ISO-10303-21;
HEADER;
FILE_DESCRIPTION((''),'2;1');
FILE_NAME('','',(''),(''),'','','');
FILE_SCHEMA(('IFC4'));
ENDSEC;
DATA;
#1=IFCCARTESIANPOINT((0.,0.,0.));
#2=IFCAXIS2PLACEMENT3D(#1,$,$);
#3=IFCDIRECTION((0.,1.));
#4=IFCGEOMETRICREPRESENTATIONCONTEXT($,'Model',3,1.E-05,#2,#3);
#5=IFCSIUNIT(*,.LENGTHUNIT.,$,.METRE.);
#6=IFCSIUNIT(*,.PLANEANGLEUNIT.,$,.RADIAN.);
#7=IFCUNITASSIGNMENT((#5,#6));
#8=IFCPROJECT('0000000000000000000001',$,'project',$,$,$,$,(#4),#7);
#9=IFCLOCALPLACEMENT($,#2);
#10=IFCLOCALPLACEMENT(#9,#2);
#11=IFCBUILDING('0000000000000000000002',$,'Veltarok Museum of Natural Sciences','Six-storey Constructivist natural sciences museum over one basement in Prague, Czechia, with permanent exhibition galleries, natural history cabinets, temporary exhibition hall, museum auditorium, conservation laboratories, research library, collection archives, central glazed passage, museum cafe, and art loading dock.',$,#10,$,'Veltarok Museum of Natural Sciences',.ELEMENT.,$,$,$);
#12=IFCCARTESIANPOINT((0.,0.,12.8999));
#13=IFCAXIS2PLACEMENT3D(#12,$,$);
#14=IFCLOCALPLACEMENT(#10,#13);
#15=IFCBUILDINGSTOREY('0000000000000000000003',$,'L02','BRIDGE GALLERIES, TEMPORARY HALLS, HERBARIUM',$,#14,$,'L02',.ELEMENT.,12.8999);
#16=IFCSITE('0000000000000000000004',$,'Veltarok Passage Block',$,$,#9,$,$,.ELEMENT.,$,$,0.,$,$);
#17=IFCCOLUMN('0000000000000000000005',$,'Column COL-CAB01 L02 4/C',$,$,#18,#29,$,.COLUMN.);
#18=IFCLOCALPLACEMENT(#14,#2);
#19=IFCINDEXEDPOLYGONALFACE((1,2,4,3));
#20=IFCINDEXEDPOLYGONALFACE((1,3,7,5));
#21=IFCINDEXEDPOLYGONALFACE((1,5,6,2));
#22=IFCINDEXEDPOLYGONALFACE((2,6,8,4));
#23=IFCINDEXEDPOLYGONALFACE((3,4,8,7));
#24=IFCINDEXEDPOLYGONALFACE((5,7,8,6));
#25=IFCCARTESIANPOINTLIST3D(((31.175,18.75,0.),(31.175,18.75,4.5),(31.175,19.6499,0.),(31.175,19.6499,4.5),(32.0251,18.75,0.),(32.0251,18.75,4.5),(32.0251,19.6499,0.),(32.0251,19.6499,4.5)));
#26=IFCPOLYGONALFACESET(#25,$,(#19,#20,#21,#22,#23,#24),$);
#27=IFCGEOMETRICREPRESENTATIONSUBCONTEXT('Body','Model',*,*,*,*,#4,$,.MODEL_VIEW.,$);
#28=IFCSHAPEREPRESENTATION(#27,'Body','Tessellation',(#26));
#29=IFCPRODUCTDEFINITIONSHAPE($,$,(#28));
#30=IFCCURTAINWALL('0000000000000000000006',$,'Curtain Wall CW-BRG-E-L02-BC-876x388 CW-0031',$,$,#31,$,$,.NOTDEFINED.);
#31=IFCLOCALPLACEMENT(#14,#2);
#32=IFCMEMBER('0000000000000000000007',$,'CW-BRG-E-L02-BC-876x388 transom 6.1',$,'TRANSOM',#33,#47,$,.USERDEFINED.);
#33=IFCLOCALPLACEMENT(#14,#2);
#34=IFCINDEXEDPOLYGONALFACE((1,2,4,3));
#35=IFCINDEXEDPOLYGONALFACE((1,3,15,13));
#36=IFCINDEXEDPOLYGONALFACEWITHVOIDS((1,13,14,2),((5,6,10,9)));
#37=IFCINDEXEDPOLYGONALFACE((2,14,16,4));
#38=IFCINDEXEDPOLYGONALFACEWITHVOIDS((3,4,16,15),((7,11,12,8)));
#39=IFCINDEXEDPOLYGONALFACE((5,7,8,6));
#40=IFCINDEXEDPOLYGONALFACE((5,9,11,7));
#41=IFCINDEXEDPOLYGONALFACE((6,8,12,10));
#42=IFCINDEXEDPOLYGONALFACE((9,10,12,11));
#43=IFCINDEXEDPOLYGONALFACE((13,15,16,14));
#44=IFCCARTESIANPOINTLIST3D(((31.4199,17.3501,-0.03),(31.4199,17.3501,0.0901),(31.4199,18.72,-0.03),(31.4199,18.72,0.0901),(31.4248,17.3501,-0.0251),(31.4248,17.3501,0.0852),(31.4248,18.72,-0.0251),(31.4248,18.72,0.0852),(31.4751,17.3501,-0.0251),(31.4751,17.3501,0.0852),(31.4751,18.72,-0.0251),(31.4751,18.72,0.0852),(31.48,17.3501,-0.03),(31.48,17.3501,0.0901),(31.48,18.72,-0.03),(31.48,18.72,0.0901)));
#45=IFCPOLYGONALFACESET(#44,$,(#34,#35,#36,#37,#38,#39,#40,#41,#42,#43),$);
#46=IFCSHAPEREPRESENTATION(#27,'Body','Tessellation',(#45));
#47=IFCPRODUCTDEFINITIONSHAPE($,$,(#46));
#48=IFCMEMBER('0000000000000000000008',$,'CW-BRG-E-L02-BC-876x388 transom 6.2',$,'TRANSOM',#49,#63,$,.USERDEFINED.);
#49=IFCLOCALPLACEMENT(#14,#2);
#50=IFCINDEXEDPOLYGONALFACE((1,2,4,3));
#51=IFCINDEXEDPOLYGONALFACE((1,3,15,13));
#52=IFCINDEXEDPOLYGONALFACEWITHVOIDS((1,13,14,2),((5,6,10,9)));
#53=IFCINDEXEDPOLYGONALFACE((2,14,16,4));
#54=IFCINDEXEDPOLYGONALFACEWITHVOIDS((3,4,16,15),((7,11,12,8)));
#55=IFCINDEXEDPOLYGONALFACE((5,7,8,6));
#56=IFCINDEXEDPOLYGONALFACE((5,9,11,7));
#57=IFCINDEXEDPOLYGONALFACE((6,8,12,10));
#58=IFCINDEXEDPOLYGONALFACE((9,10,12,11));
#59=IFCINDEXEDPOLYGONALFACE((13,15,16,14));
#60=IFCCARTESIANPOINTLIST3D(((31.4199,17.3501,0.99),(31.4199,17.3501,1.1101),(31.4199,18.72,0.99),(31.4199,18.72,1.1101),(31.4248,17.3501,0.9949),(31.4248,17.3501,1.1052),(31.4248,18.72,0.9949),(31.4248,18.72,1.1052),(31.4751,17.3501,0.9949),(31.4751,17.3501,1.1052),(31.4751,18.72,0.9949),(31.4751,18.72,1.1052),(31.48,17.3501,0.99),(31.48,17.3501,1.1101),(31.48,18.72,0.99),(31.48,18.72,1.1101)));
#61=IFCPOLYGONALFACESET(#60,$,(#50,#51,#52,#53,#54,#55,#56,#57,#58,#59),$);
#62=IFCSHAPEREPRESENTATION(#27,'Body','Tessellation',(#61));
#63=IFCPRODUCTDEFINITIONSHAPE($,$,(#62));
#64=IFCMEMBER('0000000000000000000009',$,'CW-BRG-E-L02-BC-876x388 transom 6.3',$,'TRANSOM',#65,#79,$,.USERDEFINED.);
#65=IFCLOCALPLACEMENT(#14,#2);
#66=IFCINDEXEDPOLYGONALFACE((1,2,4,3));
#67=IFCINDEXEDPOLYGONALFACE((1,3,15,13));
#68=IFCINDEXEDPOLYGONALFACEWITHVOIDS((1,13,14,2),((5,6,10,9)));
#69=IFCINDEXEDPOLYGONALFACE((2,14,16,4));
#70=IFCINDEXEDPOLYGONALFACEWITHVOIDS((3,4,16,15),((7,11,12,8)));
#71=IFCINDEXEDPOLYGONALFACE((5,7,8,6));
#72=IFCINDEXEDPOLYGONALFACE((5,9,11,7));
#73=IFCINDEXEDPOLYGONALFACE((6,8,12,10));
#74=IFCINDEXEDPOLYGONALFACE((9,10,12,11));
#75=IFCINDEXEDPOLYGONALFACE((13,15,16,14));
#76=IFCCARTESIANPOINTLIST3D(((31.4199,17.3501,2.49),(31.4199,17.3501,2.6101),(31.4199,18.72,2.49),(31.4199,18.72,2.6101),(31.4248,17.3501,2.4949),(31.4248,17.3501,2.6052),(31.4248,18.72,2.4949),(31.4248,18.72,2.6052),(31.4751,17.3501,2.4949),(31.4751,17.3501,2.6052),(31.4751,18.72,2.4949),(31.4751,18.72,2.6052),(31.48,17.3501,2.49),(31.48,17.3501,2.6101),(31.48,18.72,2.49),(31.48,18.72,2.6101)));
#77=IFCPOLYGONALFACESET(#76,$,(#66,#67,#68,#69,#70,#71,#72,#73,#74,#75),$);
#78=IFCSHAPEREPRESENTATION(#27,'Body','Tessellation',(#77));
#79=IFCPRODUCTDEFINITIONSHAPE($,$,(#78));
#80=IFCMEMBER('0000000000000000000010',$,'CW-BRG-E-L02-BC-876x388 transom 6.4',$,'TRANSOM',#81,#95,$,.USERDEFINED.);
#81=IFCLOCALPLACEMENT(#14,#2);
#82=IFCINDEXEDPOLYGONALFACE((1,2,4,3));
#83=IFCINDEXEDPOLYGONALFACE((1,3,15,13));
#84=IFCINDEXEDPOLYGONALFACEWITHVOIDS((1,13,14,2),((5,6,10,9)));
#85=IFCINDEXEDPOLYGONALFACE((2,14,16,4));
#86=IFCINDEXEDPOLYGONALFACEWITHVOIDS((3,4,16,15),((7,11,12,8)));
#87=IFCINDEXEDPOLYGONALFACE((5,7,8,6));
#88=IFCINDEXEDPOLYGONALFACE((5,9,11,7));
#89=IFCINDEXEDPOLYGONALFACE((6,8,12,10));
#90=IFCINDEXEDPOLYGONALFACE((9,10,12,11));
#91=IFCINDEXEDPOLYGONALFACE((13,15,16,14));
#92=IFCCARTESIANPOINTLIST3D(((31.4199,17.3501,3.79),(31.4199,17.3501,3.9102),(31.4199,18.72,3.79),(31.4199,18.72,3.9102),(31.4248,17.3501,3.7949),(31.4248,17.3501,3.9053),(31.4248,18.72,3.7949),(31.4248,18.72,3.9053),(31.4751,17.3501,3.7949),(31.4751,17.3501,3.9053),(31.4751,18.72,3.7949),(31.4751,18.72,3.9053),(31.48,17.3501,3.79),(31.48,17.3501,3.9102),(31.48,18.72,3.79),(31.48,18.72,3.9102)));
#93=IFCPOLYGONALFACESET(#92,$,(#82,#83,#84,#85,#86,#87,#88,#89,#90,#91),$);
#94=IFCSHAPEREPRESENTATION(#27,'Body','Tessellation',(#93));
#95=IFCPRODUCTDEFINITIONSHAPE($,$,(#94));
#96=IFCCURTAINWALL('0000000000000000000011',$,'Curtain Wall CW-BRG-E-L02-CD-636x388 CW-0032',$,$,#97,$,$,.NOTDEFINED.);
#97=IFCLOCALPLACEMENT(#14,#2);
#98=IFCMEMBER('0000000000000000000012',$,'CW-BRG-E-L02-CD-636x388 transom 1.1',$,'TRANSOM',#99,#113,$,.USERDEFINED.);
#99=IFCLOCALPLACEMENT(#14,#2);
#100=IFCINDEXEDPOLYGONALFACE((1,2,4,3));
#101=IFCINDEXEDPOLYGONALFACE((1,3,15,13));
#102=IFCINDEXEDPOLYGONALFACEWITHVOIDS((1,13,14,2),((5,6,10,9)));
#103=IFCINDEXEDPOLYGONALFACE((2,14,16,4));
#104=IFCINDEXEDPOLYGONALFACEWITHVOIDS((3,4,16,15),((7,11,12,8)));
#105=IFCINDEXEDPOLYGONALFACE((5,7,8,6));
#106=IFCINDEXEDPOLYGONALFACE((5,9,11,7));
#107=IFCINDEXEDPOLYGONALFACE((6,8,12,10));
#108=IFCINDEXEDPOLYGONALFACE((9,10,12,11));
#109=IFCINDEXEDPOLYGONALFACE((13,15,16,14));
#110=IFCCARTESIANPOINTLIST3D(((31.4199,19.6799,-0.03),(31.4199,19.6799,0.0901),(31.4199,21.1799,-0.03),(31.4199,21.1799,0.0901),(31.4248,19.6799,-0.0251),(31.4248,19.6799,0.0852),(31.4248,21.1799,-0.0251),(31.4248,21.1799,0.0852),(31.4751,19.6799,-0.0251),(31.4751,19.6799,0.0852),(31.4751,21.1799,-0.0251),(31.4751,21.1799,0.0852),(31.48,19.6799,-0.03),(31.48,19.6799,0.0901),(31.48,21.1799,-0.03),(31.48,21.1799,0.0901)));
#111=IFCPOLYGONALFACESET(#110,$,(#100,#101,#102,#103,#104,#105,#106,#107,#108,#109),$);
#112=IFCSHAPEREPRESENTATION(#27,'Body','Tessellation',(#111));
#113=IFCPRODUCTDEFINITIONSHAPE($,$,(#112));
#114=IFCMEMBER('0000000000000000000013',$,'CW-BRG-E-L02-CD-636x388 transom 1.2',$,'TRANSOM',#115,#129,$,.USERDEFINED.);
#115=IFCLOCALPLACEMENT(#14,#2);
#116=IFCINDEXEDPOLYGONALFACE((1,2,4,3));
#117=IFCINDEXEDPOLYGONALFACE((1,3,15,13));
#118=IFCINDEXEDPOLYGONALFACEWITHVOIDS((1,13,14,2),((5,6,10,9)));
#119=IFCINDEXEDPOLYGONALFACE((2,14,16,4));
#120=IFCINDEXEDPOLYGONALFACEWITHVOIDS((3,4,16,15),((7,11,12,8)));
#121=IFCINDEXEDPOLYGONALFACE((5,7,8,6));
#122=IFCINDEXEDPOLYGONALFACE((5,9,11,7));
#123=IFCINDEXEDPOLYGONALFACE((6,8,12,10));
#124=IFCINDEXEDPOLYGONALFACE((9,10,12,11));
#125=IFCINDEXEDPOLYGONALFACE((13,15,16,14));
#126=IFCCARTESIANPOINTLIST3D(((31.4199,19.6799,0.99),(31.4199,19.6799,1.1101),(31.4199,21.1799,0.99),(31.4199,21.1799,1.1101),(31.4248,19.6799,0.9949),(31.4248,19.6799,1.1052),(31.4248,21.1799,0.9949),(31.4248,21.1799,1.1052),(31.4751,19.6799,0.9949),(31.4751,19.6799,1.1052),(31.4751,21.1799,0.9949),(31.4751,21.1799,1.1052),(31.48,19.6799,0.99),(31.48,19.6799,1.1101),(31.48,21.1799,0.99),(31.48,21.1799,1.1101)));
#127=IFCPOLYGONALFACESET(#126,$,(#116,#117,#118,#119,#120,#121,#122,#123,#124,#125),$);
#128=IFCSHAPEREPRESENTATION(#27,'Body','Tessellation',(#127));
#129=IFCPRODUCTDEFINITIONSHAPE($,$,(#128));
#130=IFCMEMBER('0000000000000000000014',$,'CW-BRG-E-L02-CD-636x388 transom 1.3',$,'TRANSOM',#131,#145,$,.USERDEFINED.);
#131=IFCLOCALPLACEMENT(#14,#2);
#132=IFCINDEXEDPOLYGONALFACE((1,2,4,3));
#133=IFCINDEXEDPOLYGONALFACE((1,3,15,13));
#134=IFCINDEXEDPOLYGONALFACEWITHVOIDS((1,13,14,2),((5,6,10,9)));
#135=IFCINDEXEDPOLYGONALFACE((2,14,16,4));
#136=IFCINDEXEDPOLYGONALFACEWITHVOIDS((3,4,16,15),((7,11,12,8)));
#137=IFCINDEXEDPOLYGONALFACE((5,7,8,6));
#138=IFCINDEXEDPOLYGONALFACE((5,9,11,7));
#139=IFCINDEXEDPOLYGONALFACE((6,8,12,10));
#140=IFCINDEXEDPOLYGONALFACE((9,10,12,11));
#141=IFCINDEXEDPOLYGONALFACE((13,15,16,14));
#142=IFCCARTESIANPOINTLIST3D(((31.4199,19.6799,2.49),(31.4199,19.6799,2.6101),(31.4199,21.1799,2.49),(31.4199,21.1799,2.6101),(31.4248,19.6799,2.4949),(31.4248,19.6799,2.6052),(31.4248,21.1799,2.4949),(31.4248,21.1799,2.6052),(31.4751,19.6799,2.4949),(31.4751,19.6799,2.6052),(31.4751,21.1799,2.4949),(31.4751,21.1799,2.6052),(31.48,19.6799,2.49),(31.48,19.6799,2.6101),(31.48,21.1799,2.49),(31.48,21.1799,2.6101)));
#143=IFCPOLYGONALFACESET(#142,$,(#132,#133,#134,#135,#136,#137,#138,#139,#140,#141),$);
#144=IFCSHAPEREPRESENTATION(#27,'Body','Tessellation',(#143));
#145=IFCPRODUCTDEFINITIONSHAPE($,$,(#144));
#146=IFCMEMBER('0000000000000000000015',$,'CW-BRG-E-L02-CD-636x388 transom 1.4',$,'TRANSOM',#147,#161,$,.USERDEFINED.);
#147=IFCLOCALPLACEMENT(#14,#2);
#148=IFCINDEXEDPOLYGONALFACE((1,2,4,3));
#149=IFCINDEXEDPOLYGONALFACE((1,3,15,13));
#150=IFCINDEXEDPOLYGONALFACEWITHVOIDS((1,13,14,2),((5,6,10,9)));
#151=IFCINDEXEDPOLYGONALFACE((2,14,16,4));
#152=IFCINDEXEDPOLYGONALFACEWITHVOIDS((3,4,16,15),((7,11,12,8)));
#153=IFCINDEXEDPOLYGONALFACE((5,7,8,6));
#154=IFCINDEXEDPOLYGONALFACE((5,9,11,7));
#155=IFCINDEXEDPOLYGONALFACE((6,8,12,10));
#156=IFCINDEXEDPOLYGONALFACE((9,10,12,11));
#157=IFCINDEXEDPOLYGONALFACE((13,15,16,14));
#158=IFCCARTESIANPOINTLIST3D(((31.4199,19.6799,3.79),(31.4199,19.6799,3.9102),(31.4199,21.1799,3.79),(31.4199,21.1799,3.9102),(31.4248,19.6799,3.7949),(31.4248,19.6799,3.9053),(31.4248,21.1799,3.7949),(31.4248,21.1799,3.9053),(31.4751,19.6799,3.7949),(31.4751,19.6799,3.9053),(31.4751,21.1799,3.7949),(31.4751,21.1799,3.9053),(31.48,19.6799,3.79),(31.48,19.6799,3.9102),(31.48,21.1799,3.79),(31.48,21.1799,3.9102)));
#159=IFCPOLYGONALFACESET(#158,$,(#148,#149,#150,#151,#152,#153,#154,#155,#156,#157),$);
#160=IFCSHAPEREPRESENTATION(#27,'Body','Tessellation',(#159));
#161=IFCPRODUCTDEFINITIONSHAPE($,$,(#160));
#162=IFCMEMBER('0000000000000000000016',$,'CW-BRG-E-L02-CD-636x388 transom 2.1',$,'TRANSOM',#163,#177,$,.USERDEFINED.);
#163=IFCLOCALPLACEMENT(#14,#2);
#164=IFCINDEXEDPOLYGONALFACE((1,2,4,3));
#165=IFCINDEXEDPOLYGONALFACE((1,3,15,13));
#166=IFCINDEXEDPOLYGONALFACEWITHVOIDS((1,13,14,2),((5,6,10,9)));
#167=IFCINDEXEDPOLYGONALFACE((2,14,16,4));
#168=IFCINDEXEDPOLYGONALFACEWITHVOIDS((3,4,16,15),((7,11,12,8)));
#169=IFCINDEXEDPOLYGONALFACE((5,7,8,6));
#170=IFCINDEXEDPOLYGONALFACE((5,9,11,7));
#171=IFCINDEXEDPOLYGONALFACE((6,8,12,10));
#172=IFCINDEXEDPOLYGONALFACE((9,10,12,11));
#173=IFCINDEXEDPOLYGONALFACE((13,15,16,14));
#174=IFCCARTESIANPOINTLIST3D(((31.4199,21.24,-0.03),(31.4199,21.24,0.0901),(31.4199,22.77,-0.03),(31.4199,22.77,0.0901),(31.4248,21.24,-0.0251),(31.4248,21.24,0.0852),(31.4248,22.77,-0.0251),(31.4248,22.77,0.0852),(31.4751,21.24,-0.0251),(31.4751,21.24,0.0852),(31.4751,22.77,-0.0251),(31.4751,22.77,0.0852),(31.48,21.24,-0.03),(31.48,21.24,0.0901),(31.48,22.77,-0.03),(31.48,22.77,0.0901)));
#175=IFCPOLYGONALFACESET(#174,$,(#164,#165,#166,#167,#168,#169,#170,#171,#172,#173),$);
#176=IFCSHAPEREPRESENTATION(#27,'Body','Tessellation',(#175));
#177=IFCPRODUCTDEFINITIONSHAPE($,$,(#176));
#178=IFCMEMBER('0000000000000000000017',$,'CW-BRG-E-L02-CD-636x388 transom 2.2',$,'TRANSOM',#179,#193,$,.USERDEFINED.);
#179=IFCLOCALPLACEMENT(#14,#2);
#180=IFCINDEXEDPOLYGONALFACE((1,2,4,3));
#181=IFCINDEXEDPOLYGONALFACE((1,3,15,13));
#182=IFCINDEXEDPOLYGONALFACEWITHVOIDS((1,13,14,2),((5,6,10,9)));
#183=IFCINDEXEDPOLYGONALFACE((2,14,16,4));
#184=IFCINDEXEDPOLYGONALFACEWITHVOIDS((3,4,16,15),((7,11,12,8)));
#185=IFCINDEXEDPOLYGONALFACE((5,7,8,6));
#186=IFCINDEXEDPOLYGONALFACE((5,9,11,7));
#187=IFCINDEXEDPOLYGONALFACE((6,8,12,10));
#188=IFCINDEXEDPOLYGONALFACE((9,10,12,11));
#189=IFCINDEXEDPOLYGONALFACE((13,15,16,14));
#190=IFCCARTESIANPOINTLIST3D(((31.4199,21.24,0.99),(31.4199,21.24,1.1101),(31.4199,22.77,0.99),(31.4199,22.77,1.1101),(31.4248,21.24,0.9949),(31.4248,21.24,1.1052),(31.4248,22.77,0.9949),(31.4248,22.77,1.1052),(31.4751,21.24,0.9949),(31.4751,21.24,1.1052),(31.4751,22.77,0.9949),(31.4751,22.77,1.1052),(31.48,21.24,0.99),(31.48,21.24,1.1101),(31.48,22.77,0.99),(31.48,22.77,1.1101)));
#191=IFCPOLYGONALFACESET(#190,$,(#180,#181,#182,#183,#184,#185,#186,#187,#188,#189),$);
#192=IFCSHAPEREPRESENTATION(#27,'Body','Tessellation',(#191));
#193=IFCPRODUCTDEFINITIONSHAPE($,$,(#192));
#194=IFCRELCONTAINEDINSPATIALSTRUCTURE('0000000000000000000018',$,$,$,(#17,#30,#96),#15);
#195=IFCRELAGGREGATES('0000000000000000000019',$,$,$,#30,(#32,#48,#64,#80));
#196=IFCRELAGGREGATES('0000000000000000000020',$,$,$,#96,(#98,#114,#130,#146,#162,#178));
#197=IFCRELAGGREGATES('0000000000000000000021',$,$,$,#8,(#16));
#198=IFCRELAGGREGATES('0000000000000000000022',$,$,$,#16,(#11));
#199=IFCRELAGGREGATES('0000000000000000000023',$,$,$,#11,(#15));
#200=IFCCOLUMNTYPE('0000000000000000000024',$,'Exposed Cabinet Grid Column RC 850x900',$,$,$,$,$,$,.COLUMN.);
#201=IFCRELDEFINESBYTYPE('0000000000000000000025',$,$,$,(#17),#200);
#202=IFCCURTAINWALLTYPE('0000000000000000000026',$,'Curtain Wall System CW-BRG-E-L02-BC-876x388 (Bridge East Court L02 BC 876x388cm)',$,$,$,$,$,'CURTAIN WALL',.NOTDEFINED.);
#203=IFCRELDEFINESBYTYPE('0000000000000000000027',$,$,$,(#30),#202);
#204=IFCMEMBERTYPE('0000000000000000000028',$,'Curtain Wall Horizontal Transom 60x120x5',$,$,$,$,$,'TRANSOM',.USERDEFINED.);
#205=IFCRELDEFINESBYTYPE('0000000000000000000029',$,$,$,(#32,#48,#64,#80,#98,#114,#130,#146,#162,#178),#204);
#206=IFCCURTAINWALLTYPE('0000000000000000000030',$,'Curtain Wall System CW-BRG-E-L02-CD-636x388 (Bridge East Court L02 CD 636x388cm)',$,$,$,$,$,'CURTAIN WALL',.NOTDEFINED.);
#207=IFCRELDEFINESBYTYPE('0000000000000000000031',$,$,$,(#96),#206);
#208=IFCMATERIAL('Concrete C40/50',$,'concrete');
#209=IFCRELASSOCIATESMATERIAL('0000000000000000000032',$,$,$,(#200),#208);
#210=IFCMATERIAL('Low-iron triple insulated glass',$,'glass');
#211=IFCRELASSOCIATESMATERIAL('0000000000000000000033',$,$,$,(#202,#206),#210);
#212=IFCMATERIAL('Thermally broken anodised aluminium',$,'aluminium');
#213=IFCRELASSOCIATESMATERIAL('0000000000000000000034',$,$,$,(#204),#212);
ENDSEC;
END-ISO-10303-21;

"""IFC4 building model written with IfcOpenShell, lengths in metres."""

from ifc_helpers import new_model, si_unit, direction, frame, origin, origin_2d, place, context, subcontext, project, spatial, rectangle, hollow_rectangle, extrude, material, material_profile, profile_set, type_object, element, aggregate, save


model = new_model("IFC4")

# Units and contexts
model_context = context("Model", 3, precision=1e-05, world=origin(), true_north=direction((0.0, 1.0)))
body_context = subcontext(model_context, "Body", "Model", "MODEL_VIEW")
ifc_project = project(units=[si_unit("LENGTHUNIT", "METRE"), si_unit("PLANEANGLEUNIT", "RADIAN")], contexts=[model_context])

# Site, building, storey
site_placement = place(None, origin())
site = spatial("IfcSite", under=ifc_project, at=site_placement, Name="Veltarok Passage Block", CompositionType="ELEMENT", RefElevation=0.0)
building_placement = place(site_placement, origin())
building = spatial("IfcBuilding", under=site, at=building_placement, Name="Veltarok Museum of Natural Sciences", Description="Six-storey Constructivist natural sciences museum over one basement in Prague, Czechia, with permanent exhibition galleries, natural history cabinets, temporary exhibition hall, museum auditorium, conservation laboratories, research library, collection archives, central glazed passage, museum cafe, and art loading dock.", LongName="Veltarok Museum of Natural Sciences", CompositionType="ELEMENT")
storey_placement = place(building_placement, frame((0.0, 0.0, 12.8999)))
storey = spatial("IfcBuildingStorey", under=building, at=storey_placement, Name="L02", Description="BRIDGE GALLERIES, TEMPORARY HALLS, HERBARIUM", LongName="L02", CompositionType="ELEMENT", Elevation=12.8999)

# Column
ifc_material_1 = material(Name="Concrete C40/50", Category="concrete")
ifc_material_profile_1 = material_profile(ifc_material_1, rectangle(XDim=0.8501, YDim=0.8999, at=origin_2d()), Name="RC 850x900")
ifc_profile_set_1 = profile_set([ifc_material_profile_1], Name="Concrete C40/50")
column_type = type_object("IfcColumnType", Name="Exposed Cabinet Grid Column RC 850x900", PredefinedType="COLUMN", material=ifc_profile_set_1)
column_placement = place(storey_placement, frame((31.6001, 19.2, 0.0), z_axis=(0.0, 0.0, 1.0), x_axis=(1.0, 0.0, 0.0)))
element("IfcColumn", 1, at=column_placement, inside=storey, type_object=column_type, Name="Column COL-CAB01 L02 4/C", PredefinedType="COLUMN", context=body_context, shape_type="SweptSolid", body=[
    extrude(rectangle(XDim=0.8501, YDim=0.8999, at=origin_2d()), origin(), (0.0, 0.0, 1.0), 4.5),
])

# Curtain walls, members
ifc_material_2 = material(Name="Low-iron triple insulated glass", Category="glass")
curtain_wall_type_1 = type_object("IfcCurtainWallType", Name="Curtain Wall System CW-BRG-E-L02-BC-876x388 (Bridge East Court L02 BC 876x388cm)", ElementType="CURTAIN WALL", PredefinedType="NOTDEFINED", material=ifc_material_2)
curtain_wall_1_placement = place(storey_placement, origin())
curtain_wall_1 = element("IfcCurtainWall", 2, at=curtain_wall_1_placement, inside=storey, type_object=curtain_wall_type_1, Name="Curtain Wall CW-BRG-E-L02-BC-876x388 CW-0031", PredefinedType="NOTDEFINED")
ifc_material_3 = material(Name="Thermally broken anodised aluminium", Category="aluminium")
ifc_material_profile_2 = material_profile(ifc_material_3, hollow_rectangle(XDim=0.0601, YDim=0.1201, WallThickness=0.0049, at=origin_2d()), Name="CW TRANSOM 60x120x5")
ifc_profile_set_2 = profile_set([ifc_material_profile_2], Name="Thermally broken anodised aluminium")
member_type_1 = type_object("IfcMemberType", Name="Curtain Wall Horizontal Transom 60x120x5", ElementType="TRANSOM", PredefinedType="USERDEFINED", material=ifc_profile_set_2)
member_1_placement = place(storey_placement, frame((31.45, 17.3501, 0.03), z_axis=(0.0, 1.0, 0.0), x_axis=(-1.0, 0.0, 0.0)))
member_1 = element("IfcMember", 3, at=member_1_placement, type_object=member_type_1, Name="CW-BRG-E-L02-BC-876x388 transom 6.1", ObjectType="TRANSOM", PredefinedType="USERDEFINED", context=body_context, shape_type="SweptSolid", body=[
    extrude(hollow_rectangle(XDim=0.0601, YDim=0.1201, WallThickness=0.0049, at=origin_2d()), origin(), (0.0, 0.0, 1.0), 1.3699),
])
member_2_placement = place(storey_placement, frame((31.45, 17.3501, 1.05), z_axis=(0.0, 1.0, 0.0), x_axis=(-1.0, 0.0, 0.0)))
member_2 = element("IfcMember", 4, at=member_2_placement, type_object=member_type_1, Name="CW-BRG-E-L02-BC-876x388 transom 6.2", ObjectType="TRANSOM", PredefinedType="USERDEFINED", context=body_context, shape_type="SweptSolid", body=[
    extrude(hollow_rectangle(XDim=0.0601, YDim=0.1201, WallThickness=0.0049, at=origin_2d()), origin(), (0.0, 0.0, 1.0), 1.3699),
])
member_3_placement = place(storey_placement, frame((31.45, 17.3501, 2.55), z_axis=(0.0, 1.0, 0.0), x_axis=(-1.0, 0.0, 0.0)))
member_3 = element("IfcMember", 5, at=member_3_placement, type_object=member_type_1, Name="CW-BRG-E-L02-BC-876x388 transom 6.3", ObjectType="TRANSOM", PredefinedType="USERDEFINED", context=body_context, shape_type="SweptSolid", body=[
    extrude(hollow_rectangle(XDim=0.0601, YDim=0.1201, WallThickness=0.0049, at=origin_2d()), origin(), (0.0, 0.0, 1.0), 1.3699),
])
member_4_placement = place(storey_placement, frame((31.45, 17.3501, 3.8501), z_axis=(0.0, 1.0, 0.0), x_axis=(-1.0, 0.0, 0.0)))
member_4 = element("IfcMember", 6, at=member_4_placement, type_object=member_type_1, Name="CW-BRG-E-L02-BC-876x388 transom 6.4", ObjectType="TRANSOM", PredefinedType="USERDEFINED", context=body_context, shape_type="SweptSolid", body=[
    extrude(hollow_rectangle(XDim=0.0601, YDim=0.1201, WallThickness=0.0049, at=origin_2d()), origin(), (0.0, 0.0, 1.0), 1.3699),
])
curtain_wall_type_2 = type_object("IfcCurtainWallType", Name="Curtain Wall System CW-BRG-E-L02-CD-636x388 (Bridge East Court L02 CD 636x388cm)", ElementType="CURTAIN WALL", PredefinedType="NOTDEFINED", material=ifc_material_2)
curtain_wall_2_placement = place(storey_placement, origin())
curtain_wall_2 = element("IfcCurtainWall", 7, at=curtain_wall_2_placement, inside=storey, type_object=curtain_wall_type_2, Name="Curtain Wall CW-BRG-E-L02-CD-636x388 CW-0032", PredefinedType="NOTDEFINED")
member_5_placement = place(storey_placement, frame((31.45, 19.6799, 0.03), z_axis=(0.0, 1.0, 0.0), x_axis=(-1.0, 0.0, 0.0)))
member_5 = element("IfcMember", 8, at=member_5_placement, type_object=member_type_1, Name="CW-BRG-E-L02-CD-636x388 transom 1.1", ObjectType="TRANSOM", PredefinedType="USERDEFINED", context=body_context, shape_type="SweptSolid", body=[
    extrude(hollow_rectangle(XDim=0.0601, YDim=0.1201, WallThickness=0.0049, at=origin_2d()), origin(), (0.0, 0.0, 1.0), 1.5),
])
member_6_placement = place(storey_placement, frame((31.45, 19.6799, 1.05), z_axis=(0.0, 1.0, 0.0), x_axis=(-1.0, 0.0, 0.0)))
member_6 = element("IfcMember", 9, at=member_6_placement, type_object=member_type_1, Name="CW-BRG-E-L02-CD-636x388 transom 1.2", ObjectType="TRANSOM", PredefinedType="USERDEFINED", context=body_context, shape_type="SweptSolid", body=[
    extrude(hollow_rectangle(XDim=0.0601, YDim=0.1201, WallThickness=0.0049, at=origin_2d()), origin(), (0.0, 0.0, 1.0), 1.5),
])
member_7_placement = place(storey_placement, frame((31.45, 19.6799, 2.55), z_axis=(0.0, 1.0, 0.0), x_axis=(-1.0, 0.0, 0.0)))
member_7 = element("IfcMember", 10, at=member_7_placement, type_object=member_type_1, Name="CW-BRG-E-L02-CD-636x388 transom 1.3", ObjectType="TRANSOM", PredefinedType="USERDEFINED", context=body_context, shape_type="SweptSolid", body=[
    extrude(hollow_rectangle(XDim=0.0601, YDim=0.1201, WallThickness=0.0049, at=origin_2d()), origin(), (0.0, 0.0, 1.0), 1.5),
])
member_8_placement = place(storey_placement, frame((31.45, 19.6799, 3.8501), z_axis=(0.0, 1.0, 0.0), x_axis=(-1.0, 0.0, 0.0)))
member_8 = element("IfcMember", 11, at=member_8_placement, type_object=member_type_1, Name="CW-BRG-E-L02-CD-636x388 transom 1.4", ObjectType="TRANSOM", PredefinedType="USERDEFINED", context=body_context, shape_type="SweptSolid", body=[
    extrude(hollow_rectangle(XDim=0.0601, YDim=0.1201, WallThickness=0.0049, at=origin_2d()), origin(), (0.0, 0.0, 1.0), 1.5),
])
member_9_placement = place(storey_placement, frame((31.45, 21.24, 0.03), z_axis=(0.0, 1.0, 0.0), x_axis=(-1.0, 0.0, 0.0)))
member_9 = element("IfcMember", 12, at=member_9_placement, type_object=member_type_1, Name="CW-BRG-E-L02-CD-636x388 transom 2.1", ObjectType="TRANSOM", PredefinedType="USERDEFINED", context=body_context, shape_type="SweptSolid", body=[
    extrude(hollow_rectangle(XDim=0.0601, YDim=0.1201, WallThickness=0.0049, at=origin_2d()), origin(), (0.0, 0.0, 1.0), 1.53),
])
member_10_placement = place(storey_placement, frame((31.45, 21.24, 1.05), z_axis=(0.0, 1.0, 0.0), x_axis=(-1.0, 0.0, 0.0)))
member_10 = element("IfcMember", 13, at=member_10_placement, type_object=member_type_1, Name="CW-BRG-E-L02-CD-636x388 transom 2.2", ObjectType="TRANSOM", PredefinedType="USERDEFINED", context=body_context, shape_type="SweptSolid", body=[
    extrude(hollow_rectangle(XDim=0.0601, YDim=0.1201, WallThickness=0.0049, at=origin_2d()), origin(), (0.0, 0.0, 1.0), 1.53),
])

aggregate(curtain_wall_1, [member_1, member_2, member_3, member_4])
aggregate(curtain_wall_2, [member_5, member_6, member_7, member_8, member_9, member_10])

save(model, "model.ifc")
